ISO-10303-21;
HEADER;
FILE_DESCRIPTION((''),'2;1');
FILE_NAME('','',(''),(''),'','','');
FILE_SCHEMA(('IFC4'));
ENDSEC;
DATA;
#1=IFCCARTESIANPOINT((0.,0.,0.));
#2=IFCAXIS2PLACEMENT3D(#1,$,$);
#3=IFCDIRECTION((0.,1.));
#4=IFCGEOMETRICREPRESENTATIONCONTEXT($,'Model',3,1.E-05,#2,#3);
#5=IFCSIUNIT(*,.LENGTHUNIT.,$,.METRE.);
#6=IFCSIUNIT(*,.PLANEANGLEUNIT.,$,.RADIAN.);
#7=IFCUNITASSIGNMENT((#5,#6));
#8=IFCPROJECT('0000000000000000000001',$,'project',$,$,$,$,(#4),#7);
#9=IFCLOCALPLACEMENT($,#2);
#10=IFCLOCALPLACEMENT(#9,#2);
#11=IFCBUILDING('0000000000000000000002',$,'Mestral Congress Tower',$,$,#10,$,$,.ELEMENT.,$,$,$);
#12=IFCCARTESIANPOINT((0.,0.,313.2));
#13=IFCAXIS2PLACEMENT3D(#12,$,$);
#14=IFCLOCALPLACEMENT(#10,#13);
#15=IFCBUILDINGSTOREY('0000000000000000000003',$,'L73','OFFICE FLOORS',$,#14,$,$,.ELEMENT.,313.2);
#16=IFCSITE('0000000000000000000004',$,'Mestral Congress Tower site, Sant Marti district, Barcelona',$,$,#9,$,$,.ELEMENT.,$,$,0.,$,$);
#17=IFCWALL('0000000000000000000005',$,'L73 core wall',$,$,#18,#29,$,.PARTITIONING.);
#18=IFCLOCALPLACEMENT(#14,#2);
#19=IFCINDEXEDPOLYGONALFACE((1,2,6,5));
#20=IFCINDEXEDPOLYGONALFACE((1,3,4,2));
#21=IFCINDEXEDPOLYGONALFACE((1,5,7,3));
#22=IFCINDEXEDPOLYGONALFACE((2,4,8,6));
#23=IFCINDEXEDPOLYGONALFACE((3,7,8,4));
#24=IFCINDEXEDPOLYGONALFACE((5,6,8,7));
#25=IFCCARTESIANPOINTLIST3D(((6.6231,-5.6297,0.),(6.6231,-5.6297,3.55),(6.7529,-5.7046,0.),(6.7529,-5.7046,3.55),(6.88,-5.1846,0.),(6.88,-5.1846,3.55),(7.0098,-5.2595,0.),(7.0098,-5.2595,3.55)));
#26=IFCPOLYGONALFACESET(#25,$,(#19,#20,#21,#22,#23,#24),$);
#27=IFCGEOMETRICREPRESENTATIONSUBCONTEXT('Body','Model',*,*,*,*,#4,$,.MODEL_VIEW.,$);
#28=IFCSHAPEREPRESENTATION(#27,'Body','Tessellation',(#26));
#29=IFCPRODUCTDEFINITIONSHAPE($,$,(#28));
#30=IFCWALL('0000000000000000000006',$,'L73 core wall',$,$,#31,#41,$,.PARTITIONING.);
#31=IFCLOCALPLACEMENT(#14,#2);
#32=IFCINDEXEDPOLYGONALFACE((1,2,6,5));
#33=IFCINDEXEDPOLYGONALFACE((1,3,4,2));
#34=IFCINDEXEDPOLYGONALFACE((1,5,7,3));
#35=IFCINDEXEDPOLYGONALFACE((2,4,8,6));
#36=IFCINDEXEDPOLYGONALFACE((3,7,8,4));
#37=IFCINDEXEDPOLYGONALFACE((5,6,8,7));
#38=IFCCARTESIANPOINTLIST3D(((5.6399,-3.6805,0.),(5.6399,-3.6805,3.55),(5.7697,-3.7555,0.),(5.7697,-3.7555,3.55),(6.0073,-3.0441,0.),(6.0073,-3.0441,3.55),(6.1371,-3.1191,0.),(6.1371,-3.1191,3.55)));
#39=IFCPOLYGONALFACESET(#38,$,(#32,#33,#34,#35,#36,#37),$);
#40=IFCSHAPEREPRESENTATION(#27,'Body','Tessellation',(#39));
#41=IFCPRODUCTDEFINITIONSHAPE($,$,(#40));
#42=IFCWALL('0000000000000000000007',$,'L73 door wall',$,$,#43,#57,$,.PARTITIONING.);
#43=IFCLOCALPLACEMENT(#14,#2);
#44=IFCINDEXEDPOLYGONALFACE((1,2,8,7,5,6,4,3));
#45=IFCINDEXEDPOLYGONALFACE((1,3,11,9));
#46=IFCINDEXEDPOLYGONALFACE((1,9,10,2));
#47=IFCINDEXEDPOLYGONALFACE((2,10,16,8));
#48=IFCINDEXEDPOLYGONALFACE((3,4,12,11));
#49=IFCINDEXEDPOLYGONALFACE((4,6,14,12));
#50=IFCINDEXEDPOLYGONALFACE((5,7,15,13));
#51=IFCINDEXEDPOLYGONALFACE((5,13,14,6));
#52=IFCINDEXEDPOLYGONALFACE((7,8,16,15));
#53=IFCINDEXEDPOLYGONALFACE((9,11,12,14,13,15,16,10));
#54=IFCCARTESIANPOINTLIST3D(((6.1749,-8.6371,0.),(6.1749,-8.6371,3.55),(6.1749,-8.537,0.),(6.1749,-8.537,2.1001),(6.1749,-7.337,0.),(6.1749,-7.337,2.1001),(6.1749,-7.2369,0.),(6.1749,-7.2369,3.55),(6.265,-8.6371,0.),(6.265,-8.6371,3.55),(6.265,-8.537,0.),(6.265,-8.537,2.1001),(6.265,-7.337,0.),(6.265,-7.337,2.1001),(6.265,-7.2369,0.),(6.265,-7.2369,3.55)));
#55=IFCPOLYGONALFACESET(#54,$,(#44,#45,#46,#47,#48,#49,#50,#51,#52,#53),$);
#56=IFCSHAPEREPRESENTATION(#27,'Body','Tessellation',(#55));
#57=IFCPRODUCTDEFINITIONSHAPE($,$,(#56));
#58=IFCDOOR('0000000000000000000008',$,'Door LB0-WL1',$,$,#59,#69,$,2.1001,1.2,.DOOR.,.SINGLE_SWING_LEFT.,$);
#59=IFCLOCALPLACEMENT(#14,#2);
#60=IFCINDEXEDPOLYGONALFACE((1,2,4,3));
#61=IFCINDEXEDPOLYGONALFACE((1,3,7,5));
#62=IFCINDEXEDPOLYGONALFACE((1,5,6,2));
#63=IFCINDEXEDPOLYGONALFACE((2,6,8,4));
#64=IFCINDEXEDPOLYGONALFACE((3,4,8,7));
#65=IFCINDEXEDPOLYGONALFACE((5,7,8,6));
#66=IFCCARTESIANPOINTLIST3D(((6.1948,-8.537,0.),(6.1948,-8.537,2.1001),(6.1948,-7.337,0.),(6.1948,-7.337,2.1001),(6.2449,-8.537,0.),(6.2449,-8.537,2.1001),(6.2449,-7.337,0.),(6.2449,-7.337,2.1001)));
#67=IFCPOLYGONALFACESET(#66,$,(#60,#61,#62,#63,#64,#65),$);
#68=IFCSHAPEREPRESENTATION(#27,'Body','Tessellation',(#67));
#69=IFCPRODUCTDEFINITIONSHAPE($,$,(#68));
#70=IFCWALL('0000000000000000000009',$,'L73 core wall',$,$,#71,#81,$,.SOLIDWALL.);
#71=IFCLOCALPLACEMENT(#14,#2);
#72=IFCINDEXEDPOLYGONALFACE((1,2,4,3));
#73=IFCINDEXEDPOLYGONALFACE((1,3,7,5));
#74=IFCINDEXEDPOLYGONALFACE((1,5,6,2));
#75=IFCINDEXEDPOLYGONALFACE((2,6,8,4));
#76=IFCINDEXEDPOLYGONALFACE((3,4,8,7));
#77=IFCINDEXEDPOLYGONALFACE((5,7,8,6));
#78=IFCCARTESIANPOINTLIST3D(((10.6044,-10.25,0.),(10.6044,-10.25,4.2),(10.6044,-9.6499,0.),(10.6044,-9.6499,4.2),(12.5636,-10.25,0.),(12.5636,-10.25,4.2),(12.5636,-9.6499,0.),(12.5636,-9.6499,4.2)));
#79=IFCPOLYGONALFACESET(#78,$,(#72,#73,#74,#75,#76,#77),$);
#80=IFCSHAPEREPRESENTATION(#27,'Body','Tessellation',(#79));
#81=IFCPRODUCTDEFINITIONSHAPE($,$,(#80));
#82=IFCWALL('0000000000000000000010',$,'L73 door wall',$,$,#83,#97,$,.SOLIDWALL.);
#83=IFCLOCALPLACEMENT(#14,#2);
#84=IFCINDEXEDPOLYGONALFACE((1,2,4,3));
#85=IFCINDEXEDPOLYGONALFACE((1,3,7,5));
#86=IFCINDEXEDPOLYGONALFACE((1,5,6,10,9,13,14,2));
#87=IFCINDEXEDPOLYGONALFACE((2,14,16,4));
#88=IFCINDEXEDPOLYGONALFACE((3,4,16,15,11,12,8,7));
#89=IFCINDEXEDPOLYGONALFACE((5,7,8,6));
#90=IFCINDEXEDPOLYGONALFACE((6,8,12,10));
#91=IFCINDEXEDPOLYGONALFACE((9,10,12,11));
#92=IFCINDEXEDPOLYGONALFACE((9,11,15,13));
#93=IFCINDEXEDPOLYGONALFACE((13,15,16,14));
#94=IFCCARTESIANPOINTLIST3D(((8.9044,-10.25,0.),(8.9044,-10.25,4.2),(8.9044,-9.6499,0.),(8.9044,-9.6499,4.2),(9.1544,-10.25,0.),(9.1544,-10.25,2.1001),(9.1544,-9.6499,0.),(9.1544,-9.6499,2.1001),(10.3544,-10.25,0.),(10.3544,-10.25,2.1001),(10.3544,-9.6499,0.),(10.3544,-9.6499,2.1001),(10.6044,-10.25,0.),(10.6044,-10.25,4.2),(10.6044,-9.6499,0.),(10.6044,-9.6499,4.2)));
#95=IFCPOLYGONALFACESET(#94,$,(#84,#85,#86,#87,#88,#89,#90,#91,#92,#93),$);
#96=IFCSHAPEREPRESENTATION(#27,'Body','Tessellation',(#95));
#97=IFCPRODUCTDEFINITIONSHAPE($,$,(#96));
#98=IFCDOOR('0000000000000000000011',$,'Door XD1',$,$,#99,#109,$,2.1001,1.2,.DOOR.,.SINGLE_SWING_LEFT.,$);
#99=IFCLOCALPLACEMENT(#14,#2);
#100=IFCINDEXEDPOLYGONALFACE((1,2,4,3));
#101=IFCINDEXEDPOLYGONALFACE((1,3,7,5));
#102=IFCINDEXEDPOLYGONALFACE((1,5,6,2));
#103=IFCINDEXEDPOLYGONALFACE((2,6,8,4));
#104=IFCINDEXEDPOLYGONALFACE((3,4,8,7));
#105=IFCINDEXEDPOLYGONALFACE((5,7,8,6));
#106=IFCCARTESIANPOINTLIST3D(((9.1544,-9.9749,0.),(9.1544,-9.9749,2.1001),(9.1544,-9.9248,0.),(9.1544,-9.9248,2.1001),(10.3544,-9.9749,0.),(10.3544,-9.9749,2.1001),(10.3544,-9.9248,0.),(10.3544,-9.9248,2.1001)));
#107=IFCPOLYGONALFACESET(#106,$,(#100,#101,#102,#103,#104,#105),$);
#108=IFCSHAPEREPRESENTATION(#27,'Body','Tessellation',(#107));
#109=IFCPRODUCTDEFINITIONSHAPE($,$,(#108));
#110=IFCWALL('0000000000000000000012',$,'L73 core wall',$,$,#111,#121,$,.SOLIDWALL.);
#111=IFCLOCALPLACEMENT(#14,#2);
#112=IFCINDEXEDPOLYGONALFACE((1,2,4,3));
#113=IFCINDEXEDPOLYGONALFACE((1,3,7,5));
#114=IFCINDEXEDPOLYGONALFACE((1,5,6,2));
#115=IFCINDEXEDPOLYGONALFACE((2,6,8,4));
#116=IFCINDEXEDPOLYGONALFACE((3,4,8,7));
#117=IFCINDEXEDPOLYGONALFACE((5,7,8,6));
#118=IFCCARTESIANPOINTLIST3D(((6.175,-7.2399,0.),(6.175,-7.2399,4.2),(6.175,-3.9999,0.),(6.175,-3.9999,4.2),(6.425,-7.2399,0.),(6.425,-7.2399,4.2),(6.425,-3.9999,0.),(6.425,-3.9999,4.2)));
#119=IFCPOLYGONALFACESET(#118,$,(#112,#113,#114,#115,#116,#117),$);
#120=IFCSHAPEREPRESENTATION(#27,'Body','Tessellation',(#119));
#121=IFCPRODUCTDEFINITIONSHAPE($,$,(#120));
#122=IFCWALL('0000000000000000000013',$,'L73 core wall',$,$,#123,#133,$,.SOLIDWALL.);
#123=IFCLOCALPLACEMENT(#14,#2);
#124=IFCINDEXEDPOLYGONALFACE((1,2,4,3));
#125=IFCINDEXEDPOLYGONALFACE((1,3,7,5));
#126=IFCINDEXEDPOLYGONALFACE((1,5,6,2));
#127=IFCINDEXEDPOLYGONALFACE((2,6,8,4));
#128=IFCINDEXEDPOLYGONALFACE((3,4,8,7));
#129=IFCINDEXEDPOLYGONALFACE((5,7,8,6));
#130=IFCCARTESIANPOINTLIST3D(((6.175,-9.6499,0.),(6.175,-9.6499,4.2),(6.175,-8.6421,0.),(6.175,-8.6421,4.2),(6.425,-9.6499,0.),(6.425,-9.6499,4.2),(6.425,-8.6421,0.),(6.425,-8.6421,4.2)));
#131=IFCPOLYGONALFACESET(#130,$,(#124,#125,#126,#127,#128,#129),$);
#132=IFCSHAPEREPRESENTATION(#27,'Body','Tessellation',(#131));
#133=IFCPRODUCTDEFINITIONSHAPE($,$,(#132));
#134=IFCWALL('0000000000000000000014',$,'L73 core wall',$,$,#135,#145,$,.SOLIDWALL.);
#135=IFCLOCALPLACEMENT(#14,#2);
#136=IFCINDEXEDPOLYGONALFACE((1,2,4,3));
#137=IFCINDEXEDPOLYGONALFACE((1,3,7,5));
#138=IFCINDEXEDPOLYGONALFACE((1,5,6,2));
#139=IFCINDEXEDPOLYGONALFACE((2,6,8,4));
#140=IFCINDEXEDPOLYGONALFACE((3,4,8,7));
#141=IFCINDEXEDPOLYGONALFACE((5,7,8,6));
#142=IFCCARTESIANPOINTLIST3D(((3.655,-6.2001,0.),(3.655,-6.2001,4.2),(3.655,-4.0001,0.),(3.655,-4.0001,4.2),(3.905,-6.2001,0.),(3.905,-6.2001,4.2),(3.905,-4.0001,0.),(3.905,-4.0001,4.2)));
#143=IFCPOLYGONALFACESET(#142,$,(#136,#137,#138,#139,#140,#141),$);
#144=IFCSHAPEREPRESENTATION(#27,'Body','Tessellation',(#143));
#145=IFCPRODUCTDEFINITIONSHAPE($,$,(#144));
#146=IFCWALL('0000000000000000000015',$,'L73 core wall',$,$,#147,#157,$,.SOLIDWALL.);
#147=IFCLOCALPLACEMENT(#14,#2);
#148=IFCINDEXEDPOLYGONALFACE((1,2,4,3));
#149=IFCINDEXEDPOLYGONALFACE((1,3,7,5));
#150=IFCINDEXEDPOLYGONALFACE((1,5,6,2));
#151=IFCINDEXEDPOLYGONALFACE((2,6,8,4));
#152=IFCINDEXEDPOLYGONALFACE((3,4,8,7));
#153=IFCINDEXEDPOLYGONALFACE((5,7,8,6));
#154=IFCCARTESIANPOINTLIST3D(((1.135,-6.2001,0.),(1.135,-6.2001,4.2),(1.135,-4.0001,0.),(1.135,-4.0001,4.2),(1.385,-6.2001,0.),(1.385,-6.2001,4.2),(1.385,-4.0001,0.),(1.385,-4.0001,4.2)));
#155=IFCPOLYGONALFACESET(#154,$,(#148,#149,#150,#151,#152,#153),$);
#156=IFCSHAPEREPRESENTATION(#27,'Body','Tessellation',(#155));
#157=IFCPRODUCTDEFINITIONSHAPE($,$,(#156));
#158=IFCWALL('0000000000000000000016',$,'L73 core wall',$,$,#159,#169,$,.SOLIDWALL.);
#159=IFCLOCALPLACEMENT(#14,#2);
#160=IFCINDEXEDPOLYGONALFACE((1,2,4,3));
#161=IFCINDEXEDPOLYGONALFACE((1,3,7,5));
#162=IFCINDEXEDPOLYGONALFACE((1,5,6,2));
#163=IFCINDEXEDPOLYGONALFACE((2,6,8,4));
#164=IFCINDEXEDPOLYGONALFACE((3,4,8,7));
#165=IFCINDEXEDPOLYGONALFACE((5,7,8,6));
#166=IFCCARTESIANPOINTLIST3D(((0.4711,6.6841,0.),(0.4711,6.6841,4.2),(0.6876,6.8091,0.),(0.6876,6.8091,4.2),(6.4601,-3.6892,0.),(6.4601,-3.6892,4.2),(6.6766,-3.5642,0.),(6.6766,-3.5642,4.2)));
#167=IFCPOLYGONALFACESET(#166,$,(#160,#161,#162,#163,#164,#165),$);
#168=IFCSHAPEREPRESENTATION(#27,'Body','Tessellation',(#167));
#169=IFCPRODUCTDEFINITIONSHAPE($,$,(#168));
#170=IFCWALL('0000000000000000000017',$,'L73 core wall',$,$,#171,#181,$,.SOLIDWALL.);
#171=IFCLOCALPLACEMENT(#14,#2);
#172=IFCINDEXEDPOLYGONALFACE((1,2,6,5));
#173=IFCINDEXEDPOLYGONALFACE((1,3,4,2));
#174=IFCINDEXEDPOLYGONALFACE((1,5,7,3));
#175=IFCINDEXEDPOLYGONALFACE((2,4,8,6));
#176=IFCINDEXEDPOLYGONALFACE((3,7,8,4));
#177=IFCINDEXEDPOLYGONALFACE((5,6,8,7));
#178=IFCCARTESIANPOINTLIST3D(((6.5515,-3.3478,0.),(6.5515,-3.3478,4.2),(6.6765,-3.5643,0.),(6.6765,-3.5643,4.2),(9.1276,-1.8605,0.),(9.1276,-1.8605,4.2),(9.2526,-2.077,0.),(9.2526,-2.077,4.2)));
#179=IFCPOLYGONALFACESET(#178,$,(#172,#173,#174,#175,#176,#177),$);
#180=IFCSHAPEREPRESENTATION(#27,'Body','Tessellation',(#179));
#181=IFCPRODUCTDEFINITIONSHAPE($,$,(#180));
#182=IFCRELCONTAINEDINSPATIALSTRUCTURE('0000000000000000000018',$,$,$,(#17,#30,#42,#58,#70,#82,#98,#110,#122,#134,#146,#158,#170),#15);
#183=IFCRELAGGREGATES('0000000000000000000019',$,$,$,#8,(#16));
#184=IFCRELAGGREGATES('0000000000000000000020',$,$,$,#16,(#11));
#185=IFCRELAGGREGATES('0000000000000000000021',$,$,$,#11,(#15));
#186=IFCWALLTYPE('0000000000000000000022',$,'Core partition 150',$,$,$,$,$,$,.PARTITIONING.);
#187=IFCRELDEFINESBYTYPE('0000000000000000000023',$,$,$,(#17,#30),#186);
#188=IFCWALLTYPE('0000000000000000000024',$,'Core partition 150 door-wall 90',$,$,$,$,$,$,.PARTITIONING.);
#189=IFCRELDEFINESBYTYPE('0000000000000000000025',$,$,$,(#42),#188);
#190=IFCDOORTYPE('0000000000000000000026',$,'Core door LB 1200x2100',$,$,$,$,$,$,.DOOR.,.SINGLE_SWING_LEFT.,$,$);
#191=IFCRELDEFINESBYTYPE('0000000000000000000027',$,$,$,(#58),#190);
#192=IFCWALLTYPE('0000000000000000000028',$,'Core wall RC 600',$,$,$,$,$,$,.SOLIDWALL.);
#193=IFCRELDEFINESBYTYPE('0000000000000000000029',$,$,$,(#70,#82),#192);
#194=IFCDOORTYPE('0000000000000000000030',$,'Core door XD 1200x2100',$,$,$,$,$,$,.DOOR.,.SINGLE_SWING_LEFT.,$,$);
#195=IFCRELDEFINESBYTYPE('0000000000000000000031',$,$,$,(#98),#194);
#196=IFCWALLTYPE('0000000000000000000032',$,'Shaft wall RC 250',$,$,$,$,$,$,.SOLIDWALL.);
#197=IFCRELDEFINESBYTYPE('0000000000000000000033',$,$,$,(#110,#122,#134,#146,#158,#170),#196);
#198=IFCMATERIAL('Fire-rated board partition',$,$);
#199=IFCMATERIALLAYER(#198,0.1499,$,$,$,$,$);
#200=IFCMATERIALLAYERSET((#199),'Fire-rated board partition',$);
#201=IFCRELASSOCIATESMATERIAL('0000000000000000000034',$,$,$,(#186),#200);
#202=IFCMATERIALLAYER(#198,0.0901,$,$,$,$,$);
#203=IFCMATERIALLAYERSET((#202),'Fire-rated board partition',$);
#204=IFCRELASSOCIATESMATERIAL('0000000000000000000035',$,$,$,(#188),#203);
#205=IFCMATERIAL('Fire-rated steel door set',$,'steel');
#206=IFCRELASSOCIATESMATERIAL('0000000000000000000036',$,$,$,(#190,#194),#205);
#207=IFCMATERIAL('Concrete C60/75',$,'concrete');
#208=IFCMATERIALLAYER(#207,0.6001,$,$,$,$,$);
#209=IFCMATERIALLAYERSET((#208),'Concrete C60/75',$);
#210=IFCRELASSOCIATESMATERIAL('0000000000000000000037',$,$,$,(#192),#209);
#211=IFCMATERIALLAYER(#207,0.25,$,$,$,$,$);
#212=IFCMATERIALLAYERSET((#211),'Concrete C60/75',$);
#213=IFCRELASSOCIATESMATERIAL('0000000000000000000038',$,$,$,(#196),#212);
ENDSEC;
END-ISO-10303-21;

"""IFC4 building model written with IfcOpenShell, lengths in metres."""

from ifc_helpers import new_model, si_unit, direction, frame, frame_2d, origin, place, context, subcontext, project, spatial, rectangle, extrude, material, layer, layer_set, type_object, element, fill, save


model = new_model("IFC4")

# Units and contexts
model_context = context("Model", 3, precision=1e-05, world=origin(), true_north=direction((0.0, 1.0)))
body_context = subcontext(model_context, "Body", "Model", "MODEL_VIEW")
ifc_project = project(units=[si_unit("LENGTHUNIT", "METRE"), si_unit("PLANEANGLEUNIT", "RADIAN")], contexts=[model_context])

# Site, building, storey
site_placement = place(None, origin())
site = spatial("IfcSite", under=ifc_project, at=site_placement, Name="Mestral Congress Tower site, Sant Marti district, Barcelona", CompositionType="ELEMENT", RefElevation=0.0)
building_placement = place(site_placement, origin())
building = spatial("IfcBuilding", under=site, at=building_placement, Name="Mestral Congress Tower", CompositionType="ELEMENT")
storey_placement = place(building_placement, frame((0.0, 0.0, 313.2)))
storey = spatial("IfcBuildingStorey", under=building, at=storey_placement, Name="L73", Description="OFFICE FLOORS", CompositionType="ELEMENT", Elevation=313.2)

# Walls
ifc_material_1 = material(Name="Fire-rated board partition")
ifc_layer_1 = layer(ifc_material_1, 0.1499)
ifc_layer_set_1 = layer_set([ifc_layer_1], Name="Fire-rated board partition")
wall_type_1 = type_object("IfcWallType", Name="Core partition 150", PredefinedType="PARTITIONING", material=ifc_layer_set_1)
wall_1_placement = place(storey_placement, frame((6.9448, -5.2222, 0.0), z_axis=(0.0, 0.0, 1.0), x_axis=(-0.499818, -0.86613, 0.0)))
element("IfcWall", 1, at=wall_1_placement, inside=storey, type_object=wall_type_1, Name="L73 core wall", PredefinedType="PARTITIONING", context=body_context, shape_type="SweptSolid", body=[
    extrude(rectangle(XDim=0.5139, YDim=0.1499, at=frame_2d((0.2568, 0.0))), origin(), (0.0, 0.0, 1.0), 3.55),
])
wall_2_placement = place(storey_placement, frame((5.7048, -3.718, 0.0), z_axis=(0.0, 0.0, 1.0), x_axis=(0.499962, 0.866047, 0.0)))
element("IfcWall", 2, at=wall_2_placement, inside=storey, type_object=wall_type_1, Name="L73 core wall", PredefinedType="PARTITIONING", context=body_context, shape_type="SweptSolid", body=[
    extrude(rectangle(XDim=0.7349, YDim=0.1499, at=frame_2d((0.3674, 0.0))), origin(), (0.0, 0.0, 1.0), 3.55),
])

# Wall, opening, door
ifc_layer_2 = layer(ifc_material_1, 0.0901)
ifc_layer_set_2 = layer_set([ifc_layer_2], Name="Fire-rated board partition")
wall_type_2 = type_object("IfcWallType", Name="Core partition 150 door-wall 90", PredefinedType="PARTITIONING", material=ifc_layer_set_2)
wall_3_placement = place(storey_placement, frame((6.22, -7.2368, 0.0), z_axis=(0.0, 0.0, 1.0), x_axis=(0.0, -1.0, 0.0)))
wall_3 = element("IfcWall", 3, at=wall_3_placement, inside=storey, type_object=wall_type_2, Name="L73 door wall", PredefinedType="PARTITIONING", context=body_context, shape_type="SweptSolid", body=[
    extrude(rectangle(XDim=1.4001, YDim=0.0901, at=frame_2d((0.7002, 0.0))), origin(), (0.0, 0.0, 1.0), 3.55),
])
opening_1_placement = place(wall_3_placement, frame((0.1001, 0.0, 0.0)))
opening_1 = element("IfcOpeningElement", 4, at=opening_1_placement, cuts=wall_3, PredefinedType="OPENING", context=body_context, shape_type="SweptSolid", body=[
    extrude(rectangle(XDim=1.2, YDim=2.1001, at=frame_2d((0.6001, 1.05))), frame((0.0, 0.0549, 0.0), z_axis=(0.0, -1.0, 0.0), x_axis=(1.0, 0.0, 0.0)), (0.0, 0.0, 1.0), 0.1101),
])
ifc_material_2 = material(Name="Fire-rated steel door set", Category="steel")
door_type_1 = type_object("IfcDoorType", Name="Core door LB 1200x2100", OperationType="SINGLE_SWING_LEFT", PredefinedType="DOOR", material=ifc_material_2)
door_1_placement = place(opening_1_placement, origin())
door_1 = element("IfcDoor", 5, at=door_1_placement, inside=storey, type_object=door_type_1, Name="Door LB0-WL1", OperationType="SINGLE_SWING_LEFT", OverallHeight=2.1001, OverallWidth=1.2, PredefinedType="DOOR", context=body_context, shape_type="SweptSolid", body=[
    extrude(rectangle(XDim=1.2, YDim=2.1001, at=frame_2d((0.6001, 1.05))), frame((0.0, 0.0249, 0.0), z_axis=(0.0, -1.0, 0.0), x_axis=(1.0, 0.0, 0.0)), (0.0, 0.0, 1.0), 0.05),
])
fill(opening_1, door_1)

# Wall
ifc_material_3 = material(Name="Concrete C60/75", Category="concrete")
ifc_layer_3 = layer(ifc_material_3, 0.6001)
ifc_layer_set_3 = layer_set([ifc_layer_3], Name="Concrete C60/75")
wall_type_3 = type_object("IfcWallType", Name="Core wall RC 600", PredefinedType="SOLIDWALL", material=ifc_layer_set_3)
wall_4_placement = place(storey_placement, frame((10.6045, -9.95, 0.0), z_axis=(0.0, 0.0, 1.0), x_axis=(1.0, 0.0, 0.0)))
element("IfcWall", 6, at=wall_4_placement, inside=storey, type_object=wall_type_3, Name="L73 core wall", PredefinedType="SOLIDWALL", context=body_context, shape_type="SweptSolid", body=[
    extrude(rectangle(XDim=1.9592, YDim=0.6001, at=frame_2d((0.9795, 0.0))), origin(), (0.0, 0.0, 1.0), 4.2),
])

# Wall, opening, door
wall_5_placement = place(storey_placement, frame((10.6045, -9.95, 0.0), z_axis=(0.0, 0.0, 1.0), x_axis=(-1.0, 0.0, 0.0)))
wall_5 = element("IfcWall", 7, at=wall_5_placement, inside=storey, type_object=wall_type_3, Name="L73 door wall", PredefinedType="SOLIDWALL", context=body_context, shape_type="SweptSolid", body=[
    extrude(rectangle(XDim=1.7, YDim=0.6001, at=frame_2d((0.8501, 0.0))), origin(), (0.0, 0.0, 1.0), 4.2),
])
opening_2_placement = place(wall_5_placement, frame((0.25, 0.0, 0.0)))
opening_2 = element("IfcOpeningElement", 8, at=opening_2_placement, cuts=wall_5, PredefinedType="OPENING", context=body_context, shape_type="SweptSolid", body=[
    extrude(rectangle(XDim=1.2, YDim=2.1001, at=frame_2d((0.6001, 1.05))), frame((0.0, 0.3101, 0.0), z_axis=(0.0, -1.0, 0.0), x_axis=(1.0, 0.0, 0.0)), (0.0, 0.0, 1.0), 0.6201),
])
door_type_2 = type_object("IfcDoorType", Name="Core door XD 1200x2100", OperationType="SINGLE_SWING_LEFT", PredefinedType="DOOR", material=ifc_material_2)
door_2_placement = place(opening_2_placement, origin())
door_2 = element("IfcDoor", 9, at=door_2_placement, inside=storey, type_object=door_type_2, Name="Door XD1", OperationType="SINGLE_SWING_LEFT", OverallHeight=2.1001, OverallWidth=1.2, PredefinedType="DOOR", context=body_context, shape_type="SweptSolid", body=[
    extrude(rectangle(XDim=1.2, YDim=2.1001, at=frame_2d((0.6001, 1.05))), frame((0.0, 0.0249, 0.0), z_axis=(0.0, -1.0, 0.0), x_axis=(1.0, 0.0, 0.0)), (0.0, 0.0, 1.0), 0.05),
])
fill(opening_2, door_2)

# Walls
ifc_layer_4 = layer(ifc_material_3, 0.25)
ifc_layer_set_4 = layer_set([ifc_layer_4], Name="Concrete C60/75")
wall_type_4 = type_object("IfcWallType", Name="Shaft wall RC 250", PredefinedType="SOLIDWALL", material=ifc_layer_set_4)
wall_6_placement = place(storey_placement, frame((6.3, -7.24, 0.0), z_axis=(0.0, 0.0, 1.0), x_axis=(0.0, 1.0, 0.0)))
element("IfcWall", 10, at=wall_6_placement, inside=storey, type_object=wall_type_4, Name="L73 core wall", PredefinedType="SOLIDWALL", context=body_context, shape_type="SweptSolid", body=[
    extrude(rectangle(XDim=3.24, YDim=0.25, at=frame_2d((1.6201, 0.0))), origin(), (0.0, 0.0, 1.0), 4.2),
])
wall_7_placement = place(storey_placement, frame((6.3, -9.6499, 0.0), z_axis=(0.0, 0.0, 1.0), x_axis=(0.0, 1.0, 0.0)))
element("IfcWall", 11, at=wall_7_placement, inside=storey, type_object=wall_type_4, Name="L73 core wall", PredefinedType="SOLIDWALL", context=body_context, shape_type="SweptSolid", body=[
    extrude(rectangle(XDim=1.0078, YDim=0.25, at=frame_2d((0.5039, 0.0))), origin(), (0.0, 0.0, 1.0), 4.2),
])
for number, where, z_axis, x_axis, name in (
    (12, (3.78, -4.0, 0.0), (0.0, 0.0, 1.0), (0.0, -1.0, 0.0), "L73 core wall"),
    (13, (1.26, -4.0, 0.0), (0.0, 0.0, 1.0), (0.0, -1.0, 0.0), "L73 core wall"),
):
    element("IfcWall", number, at=place(storey_placement, frame(where, z_axis=z_axis, x_axis=x_axis)), inside=storey, type_object=wall_type_4, Name=name, PredefinedType="SOLIDWALL", context=body_context, shape_type="SweptSolid", body=[
        extrude(rectangle(XDim=2.2, YDim=0.25, at=frame_2d((1.1001, 0.0))), origin(), (0.0, 0.0, 1.0), 4.2),
    ])
wall_8_placement = place(storey_placement, frame((6.5684, -3.6267, 0.0), z_axis=(0.0, 0.0, 1.0), x_axis=(-0.499999, 0.866026, 0.0)))
element("IfcWall", 14, at=wall_8_placement, inside=storey, type_object=wall_type_4, Name="L73 core wall", PredefinedType="SOLIDWALL", context=body_context, shape_type="SweptSolid", body=[
    extrude(rectangle(XDim=11.978, YDim=0.25, at=frame_2d((5.989, 0.0))), origin(), (0.0, 0.0, 1.0), 4.2),
])
wall_9_placement = place(storey_placement, frame((6.614, -3.4561, 0.0), z_axis=(0.0, 0.0, 1.0), x_axis=(0.866033, 0.499988, 0.0)))
element("IfcWall", 15, at=wall_9_placement, inside=storey, type_object=wall_type_4, Name="L73 core wall", PredefinedType="SOLIDWALL", context=body_context, shape_type="SweptSolid", body=[
    extrude(rectangle(XDim=2.9746, YDim=0.25, at=frame_2d((1.4873, 0.0))), origin(), (0.0, 0.0, 1.0), 4.2),
])

save(model, "model.ifc")
